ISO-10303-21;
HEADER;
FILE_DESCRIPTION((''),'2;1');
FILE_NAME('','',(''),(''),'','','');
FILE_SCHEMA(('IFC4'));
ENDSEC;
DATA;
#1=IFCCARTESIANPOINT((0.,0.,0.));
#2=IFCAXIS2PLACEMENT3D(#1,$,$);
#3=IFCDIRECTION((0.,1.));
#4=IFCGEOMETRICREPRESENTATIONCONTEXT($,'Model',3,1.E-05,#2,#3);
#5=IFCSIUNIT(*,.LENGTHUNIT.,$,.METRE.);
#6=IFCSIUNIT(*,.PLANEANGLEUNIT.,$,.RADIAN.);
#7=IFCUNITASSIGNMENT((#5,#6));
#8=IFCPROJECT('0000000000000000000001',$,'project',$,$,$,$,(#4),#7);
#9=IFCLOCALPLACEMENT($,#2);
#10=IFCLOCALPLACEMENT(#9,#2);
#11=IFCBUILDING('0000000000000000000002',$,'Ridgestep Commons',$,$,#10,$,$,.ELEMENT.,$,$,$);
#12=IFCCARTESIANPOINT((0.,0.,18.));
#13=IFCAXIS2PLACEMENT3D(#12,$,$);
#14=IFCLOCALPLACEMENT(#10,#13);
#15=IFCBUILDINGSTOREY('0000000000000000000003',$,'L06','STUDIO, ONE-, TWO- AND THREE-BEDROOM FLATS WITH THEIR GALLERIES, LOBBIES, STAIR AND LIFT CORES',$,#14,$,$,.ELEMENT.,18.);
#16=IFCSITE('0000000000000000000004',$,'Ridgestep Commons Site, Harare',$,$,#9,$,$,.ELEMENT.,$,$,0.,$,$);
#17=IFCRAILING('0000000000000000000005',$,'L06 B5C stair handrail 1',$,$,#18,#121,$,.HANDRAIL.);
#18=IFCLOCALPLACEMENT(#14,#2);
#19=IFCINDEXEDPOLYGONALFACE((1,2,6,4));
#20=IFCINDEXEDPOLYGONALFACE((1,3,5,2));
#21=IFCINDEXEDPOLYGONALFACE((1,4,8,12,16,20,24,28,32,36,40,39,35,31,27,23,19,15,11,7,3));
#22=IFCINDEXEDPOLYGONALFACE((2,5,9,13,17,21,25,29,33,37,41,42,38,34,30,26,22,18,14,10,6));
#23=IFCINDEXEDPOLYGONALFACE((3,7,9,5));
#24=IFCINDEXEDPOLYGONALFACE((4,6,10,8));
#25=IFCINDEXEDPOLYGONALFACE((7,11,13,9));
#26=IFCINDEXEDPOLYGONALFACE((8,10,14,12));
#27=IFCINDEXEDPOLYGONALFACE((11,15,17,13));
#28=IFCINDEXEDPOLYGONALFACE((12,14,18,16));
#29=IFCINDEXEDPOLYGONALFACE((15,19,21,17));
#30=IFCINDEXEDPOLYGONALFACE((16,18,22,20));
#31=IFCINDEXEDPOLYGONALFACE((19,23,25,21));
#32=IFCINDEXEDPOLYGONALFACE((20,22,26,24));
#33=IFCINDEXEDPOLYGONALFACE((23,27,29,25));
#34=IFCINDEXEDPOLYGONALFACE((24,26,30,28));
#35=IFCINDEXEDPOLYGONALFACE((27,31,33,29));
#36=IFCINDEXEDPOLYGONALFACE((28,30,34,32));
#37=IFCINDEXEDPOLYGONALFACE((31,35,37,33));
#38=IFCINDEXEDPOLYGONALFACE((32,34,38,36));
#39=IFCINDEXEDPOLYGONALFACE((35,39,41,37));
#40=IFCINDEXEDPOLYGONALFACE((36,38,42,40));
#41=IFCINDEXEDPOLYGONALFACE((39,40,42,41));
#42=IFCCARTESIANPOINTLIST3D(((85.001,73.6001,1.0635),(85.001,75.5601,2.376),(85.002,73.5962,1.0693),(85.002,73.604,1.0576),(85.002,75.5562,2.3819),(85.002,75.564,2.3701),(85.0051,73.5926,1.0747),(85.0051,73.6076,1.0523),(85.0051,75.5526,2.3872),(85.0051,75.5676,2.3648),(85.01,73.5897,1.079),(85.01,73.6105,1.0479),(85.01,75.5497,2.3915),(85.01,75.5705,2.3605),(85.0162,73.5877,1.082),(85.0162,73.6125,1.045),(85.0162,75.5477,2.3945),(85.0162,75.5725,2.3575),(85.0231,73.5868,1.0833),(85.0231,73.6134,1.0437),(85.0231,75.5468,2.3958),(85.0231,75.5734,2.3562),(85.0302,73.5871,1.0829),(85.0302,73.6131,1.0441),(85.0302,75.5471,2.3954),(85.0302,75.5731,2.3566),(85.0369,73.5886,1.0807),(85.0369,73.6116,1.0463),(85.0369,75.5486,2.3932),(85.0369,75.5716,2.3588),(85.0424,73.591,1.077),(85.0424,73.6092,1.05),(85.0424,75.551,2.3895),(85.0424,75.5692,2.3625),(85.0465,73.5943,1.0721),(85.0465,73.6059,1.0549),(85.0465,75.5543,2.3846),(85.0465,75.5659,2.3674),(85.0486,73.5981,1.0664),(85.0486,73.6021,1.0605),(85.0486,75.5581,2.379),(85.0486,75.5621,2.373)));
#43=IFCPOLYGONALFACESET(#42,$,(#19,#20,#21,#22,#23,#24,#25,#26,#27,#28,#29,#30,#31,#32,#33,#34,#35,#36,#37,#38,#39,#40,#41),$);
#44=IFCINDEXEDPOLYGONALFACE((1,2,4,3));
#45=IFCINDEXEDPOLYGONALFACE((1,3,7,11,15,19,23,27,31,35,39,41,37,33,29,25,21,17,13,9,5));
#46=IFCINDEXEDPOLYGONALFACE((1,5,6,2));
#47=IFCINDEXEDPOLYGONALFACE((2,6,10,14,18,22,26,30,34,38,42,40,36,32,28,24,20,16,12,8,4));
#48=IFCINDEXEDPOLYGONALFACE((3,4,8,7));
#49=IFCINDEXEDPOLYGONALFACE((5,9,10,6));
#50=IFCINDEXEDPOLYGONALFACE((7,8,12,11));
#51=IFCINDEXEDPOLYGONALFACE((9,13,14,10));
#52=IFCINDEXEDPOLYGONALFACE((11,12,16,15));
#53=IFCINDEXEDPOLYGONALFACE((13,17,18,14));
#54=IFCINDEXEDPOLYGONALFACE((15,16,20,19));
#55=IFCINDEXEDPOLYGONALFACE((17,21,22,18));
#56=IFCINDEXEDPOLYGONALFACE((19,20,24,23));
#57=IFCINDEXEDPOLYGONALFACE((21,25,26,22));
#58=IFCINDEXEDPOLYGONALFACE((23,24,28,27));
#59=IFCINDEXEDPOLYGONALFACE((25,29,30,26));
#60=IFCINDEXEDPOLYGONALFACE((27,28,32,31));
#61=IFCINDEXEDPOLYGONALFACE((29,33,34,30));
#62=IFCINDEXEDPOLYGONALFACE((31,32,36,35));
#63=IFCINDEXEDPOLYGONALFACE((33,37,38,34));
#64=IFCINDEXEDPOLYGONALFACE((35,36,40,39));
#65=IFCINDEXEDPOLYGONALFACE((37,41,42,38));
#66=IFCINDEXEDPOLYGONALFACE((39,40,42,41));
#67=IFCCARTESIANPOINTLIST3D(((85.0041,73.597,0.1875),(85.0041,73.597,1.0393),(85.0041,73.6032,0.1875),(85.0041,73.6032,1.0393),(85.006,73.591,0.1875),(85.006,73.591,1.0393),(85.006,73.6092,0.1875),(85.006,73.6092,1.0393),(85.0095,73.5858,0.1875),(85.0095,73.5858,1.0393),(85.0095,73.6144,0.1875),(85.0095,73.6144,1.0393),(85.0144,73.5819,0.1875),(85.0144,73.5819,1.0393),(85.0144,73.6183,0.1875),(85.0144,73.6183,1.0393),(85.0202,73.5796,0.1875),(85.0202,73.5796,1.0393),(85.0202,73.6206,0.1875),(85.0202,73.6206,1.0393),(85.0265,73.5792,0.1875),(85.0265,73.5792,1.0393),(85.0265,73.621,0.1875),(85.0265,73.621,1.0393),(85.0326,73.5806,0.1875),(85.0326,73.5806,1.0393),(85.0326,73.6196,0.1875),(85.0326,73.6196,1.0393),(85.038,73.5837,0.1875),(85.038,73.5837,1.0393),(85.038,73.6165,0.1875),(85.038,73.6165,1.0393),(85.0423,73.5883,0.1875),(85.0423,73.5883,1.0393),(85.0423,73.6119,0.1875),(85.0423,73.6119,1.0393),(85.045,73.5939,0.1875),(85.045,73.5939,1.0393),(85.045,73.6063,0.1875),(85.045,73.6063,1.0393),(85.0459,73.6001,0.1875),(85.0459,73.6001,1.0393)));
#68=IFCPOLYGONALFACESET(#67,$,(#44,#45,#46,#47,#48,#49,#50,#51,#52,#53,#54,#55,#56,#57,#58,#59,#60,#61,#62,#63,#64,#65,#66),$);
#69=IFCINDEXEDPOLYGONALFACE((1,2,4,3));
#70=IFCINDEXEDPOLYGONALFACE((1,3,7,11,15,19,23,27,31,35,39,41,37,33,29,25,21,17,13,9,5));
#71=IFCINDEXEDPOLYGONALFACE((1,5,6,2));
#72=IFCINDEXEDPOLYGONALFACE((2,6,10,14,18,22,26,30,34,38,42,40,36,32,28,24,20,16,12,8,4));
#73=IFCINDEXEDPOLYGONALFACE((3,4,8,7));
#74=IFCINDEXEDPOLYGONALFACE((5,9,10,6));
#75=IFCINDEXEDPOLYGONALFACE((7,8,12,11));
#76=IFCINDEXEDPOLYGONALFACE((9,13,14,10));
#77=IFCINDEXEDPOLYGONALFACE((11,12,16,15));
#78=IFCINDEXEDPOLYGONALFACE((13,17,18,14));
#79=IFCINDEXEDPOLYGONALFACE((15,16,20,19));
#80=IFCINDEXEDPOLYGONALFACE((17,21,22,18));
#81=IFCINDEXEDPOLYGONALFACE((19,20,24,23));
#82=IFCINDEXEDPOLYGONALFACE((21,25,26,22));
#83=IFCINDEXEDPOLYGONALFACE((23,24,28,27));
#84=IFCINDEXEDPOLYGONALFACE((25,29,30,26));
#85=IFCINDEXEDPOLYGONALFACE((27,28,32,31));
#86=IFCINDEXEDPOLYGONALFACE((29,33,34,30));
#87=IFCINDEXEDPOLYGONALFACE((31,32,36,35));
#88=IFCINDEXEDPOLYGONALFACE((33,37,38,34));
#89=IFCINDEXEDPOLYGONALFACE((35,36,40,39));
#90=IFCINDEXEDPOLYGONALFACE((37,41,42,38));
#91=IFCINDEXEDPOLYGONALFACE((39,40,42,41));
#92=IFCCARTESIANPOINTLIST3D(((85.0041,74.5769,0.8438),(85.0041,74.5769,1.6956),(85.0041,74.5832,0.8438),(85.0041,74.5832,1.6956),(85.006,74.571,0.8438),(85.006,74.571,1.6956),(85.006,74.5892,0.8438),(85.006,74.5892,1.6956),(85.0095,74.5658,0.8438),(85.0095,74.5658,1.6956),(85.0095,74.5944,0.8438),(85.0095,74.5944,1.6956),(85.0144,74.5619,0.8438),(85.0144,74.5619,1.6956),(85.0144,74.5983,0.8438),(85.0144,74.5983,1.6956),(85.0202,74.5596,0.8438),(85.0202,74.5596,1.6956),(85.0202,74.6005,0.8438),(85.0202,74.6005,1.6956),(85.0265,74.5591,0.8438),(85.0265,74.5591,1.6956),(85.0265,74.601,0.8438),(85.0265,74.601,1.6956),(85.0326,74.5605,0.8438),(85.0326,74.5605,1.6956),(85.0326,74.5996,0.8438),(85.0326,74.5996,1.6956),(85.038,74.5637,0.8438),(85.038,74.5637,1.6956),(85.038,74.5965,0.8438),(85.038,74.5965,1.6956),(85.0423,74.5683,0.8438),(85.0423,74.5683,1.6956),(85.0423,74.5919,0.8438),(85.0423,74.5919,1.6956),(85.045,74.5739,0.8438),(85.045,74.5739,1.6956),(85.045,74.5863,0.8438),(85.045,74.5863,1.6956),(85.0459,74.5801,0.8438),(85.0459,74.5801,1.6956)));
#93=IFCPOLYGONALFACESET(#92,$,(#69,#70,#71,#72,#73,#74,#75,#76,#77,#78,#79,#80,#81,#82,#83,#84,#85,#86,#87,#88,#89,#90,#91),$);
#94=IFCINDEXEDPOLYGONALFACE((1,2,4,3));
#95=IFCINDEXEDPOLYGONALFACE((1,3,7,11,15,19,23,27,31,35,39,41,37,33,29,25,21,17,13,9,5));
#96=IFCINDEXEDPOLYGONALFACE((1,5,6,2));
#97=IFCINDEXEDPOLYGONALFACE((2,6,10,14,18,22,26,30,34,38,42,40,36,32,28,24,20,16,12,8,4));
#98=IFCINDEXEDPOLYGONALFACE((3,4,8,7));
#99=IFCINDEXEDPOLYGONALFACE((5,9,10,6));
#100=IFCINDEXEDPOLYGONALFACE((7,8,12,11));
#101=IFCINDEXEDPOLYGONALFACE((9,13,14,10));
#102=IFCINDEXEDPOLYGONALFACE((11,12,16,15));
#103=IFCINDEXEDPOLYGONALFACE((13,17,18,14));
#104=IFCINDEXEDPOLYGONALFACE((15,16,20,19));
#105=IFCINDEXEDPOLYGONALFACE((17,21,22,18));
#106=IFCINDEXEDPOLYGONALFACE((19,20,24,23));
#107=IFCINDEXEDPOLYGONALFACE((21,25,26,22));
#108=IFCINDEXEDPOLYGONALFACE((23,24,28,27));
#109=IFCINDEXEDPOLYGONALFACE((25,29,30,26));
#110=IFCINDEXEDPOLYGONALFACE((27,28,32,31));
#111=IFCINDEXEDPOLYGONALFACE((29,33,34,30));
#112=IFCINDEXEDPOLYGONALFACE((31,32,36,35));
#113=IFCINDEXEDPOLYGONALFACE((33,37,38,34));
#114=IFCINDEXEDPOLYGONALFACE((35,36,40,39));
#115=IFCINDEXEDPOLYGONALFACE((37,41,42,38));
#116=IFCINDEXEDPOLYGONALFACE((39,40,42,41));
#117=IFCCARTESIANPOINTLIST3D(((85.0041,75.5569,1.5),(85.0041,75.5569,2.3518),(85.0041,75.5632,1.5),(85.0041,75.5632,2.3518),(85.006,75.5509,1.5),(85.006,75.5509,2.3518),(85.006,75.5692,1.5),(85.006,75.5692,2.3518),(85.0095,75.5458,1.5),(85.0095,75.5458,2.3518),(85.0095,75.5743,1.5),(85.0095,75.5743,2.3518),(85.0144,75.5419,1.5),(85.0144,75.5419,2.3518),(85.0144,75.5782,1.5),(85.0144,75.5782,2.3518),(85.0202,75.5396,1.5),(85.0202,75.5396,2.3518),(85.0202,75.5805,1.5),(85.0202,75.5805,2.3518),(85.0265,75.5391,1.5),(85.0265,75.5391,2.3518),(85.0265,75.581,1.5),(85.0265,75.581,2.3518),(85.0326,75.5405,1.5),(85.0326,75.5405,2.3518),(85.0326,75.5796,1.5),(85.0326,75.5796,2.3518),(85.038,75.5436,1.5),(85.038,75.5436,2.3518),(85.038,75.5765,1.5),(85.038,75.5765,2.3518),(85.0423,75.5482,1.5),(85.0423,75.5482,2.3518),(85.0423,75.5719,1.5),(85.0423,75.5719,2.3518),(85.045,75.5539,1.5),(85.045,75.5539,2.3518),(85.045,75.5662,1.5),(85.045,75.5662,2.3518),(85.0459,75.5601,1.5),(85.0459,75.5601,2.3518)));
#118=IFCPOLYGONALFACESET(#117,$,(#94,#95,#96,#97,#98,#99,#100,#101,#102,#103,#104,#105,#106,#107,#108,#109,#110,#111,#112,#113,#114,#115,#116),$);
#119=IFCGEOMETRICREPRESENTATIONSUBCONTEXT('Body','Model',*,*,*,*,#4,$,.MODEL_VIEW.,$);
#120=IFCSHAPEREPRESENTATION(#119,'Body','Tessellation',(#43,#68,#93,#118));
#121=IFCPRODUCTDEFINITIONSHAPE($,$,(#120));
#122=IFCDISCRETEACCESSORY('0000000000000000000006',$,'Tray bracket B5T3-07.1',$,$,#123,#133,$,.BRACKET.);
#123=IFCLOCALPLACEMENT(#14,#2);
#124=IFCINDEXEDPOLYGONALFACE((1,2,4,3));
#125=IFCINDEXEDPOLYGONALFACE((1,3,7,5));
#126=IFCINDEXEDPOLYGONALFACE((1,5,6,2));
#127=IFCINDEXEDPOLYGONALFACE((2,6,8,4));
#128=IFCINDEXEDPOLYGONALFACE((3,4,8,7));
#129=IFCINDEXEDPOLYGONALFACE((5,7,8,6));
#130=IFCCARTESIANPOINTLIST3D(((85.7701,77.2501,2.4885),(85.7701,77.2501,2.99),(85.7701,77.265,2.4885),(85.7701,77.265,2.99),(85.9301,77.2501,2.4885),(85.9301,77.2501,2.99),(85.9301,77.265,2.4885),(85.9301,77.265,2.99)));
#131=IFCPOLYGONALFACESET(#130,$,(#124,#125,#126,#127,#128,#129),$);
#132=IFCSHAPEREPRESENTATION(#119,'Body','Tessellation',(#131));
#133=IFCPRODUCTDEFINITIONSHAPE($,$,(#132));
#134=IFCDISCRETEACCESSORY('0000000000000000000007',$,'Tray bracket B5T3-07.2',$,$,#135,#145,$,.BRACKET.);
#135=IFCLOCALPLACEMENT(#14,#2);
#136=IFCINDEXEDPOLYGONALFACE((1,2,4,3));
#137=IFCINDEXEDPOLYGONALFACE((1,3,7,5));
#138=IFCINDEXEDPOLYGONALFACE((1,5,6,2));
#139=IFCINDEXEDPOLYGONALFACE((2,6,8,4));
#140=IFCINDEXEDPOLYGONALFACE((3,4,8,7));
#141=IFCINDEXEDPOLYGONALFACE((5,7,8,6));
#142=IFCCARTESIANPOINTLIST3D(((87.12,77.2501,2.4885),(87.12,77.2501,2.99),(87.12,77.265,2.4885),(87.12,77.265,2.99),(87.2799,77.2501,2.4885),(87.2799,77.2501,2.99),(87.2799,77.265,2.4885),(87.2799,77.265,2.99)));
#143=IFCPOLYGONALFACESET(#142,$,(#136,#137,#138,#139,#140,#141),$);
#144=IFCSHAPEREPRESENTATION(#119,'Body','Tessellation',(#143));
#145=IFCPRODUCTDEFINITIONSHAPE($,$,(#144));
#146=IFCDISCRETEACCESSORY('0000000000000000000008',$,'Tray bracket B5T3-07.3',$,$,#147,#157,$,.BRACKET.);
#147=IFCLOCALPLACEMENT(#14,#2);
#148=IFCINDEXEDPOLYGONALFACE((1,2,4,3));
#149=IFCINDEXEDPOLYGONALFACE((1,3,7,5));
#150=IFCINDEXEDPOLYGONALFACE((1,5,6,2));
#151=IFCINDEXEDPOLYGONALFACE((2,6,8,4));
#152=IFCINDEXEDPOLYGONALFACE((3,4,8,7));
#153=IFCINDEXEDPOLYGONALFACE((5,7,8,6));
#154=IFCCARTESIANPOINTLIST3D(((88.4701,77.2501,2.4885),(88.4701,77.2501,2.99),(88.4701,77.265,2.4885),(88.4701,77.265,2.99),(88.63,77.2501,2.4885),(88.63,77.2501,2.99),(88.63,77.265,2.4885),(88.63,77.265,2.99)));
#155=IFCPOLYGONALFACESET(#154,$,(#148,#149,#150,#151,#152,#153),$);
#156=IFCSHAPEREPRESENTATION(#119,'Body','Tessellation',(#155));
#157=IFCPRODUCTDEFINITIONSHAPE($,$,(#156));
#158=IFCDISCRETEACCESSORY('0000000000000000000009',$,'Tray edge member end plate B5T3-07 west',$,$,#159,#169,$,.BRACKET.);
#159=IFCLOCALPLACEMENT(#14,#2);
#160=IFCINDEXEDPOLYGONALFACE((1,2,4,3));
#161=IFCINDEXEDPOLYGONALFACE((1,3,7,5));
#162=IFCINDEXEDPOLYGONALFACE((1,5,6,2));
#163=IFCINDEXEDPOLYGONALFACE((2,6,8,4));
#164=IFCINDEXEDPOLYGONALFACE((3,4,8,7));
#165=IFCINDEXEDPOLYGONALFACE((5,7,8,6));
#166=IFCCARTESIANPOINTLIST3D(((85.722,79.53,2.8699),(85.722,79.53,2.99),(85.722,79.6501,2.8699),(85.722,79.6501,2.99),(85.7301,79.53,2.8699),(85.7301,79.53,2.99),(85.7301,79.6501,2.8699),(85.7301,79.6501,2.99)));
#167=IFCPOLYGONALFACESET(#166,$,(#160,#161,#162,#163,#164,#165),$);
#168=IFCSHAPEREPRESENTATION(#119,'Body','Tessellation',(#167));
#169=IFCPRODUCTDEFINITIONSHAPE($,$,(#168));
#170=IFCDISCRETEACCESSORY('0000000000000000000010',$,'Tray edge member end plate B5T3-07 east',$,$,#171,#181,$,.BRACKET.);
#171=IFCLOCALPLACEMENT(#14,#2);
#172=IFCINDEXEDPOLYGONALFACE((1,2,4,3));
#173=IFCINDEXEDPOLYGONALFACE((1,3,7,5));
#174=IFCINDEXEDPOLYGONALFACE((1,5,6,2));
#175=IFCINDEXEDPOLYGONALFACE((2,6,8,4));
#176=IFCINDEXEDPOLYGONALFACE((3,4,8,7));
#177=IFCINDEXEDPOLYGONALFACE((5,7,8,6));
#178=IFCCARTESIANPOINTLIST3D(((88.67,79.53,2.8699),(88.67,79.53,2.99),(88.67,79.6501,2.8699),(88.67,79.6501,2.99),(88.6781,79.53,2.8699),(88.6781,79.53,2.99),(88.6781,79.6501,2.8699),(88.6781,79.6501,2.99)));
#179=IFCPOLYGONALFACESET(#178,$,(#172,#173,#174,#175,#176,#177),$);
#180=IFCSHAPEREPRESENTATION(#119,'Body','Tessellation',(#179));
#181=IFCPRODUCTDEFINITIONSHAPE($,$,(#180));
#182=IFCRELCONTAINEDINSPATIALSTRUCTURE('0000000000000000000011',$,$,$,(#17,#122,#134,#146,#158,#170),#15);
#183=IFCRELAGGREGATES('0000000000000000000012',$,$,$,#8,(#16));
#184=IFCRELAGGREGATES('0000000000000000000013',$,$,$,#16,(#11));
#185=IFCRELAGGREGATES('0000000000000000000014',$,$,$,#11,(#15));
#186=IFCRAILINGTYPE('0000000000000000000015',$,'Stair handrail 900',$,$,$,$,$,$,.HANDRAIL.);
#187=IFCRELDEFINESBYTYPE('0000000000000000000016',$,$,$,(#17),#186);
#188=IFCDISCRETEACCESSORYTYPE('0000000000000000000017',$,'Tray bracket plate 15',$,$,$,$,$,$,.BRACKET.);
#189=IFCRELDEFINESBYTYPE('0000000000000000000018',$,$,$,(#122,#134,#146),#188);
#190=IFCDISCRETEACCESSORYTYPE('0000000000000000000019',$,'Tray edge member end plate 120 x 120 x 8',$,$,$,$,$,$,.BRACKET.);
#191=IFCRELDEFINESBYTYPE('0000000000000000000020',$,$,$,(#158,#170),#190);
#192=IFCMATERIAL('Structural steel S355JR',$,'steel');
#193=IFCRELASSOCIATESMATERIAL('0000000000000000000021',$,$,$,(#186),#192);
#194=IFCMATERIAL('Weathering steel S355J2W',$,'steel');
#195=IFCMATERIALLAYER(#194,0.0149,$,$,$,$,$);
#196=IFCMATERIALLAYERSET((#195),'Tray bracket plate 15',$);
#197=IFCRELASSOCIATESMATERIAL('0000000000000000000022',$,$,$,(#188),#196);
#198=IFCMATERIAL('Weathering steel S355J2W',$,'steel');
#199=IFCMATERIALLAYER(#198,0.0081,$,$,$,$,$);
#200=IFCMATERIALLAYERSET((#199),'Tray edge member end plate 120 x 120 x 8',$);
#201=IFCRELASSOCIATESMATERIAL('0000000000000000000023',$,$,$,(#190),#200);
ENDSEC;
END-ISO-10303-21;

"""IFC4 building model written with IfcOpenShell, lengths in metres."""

from ifc_helpers import new_model, si_unit, direction, frame, origin, origin_2d, place, context, subcontext, project, spatial, rectangle, circle, extrude, material, layer, layer_set, type_object, element, save


model = new_model("IFC4")

# Units and contexts
model_context = context("Model", 3, precision=1e-05, world=origin(), true_north=direction((0.0, 1.0)))
body_context = subcontext(model_context, "Body", "Model", "MODEL_VIEW")
ifc_project = project(units=[si_unit("LENGTHUNIT", "METRE"), si_unit("PLANEANGLEUNIT", "RADIAN")], contexts=[model_context])

# Site, building, storey
site_placement = place(None, origin())
site = spatial("IfcSite", under=ifc_project, at=site_placement, Name="Ridgestep Commons Site, Harare", CompositionType="ELEMENT", RefElevation=0.0)
building_placement = place(site_placement, origin())
building = spatial("IfcBuilding", under=site, at=building_placement, Name="Ridgestep Commons", CompositionType="ELEMENT")
storey_placement = place(building_placement, frame((0.0, 0.0, 18.0)))
storey = spatial("IfcBuildingStorey", under=building, at=storey_placement, Name="L06", Description="STUDIO, ONE-, TWO- AND THREE-BEDROOM FLATS WITH THEIR GALLERIES, LOBBIES, STAIR AND LIFT CORES", CompositionType="ELEMENT", Elevation=18.0)

# Railing
ifc_material_1 = material(Name="Structural steel S355JR", Category="steel")
railing_type = type_object("IfcRailingType", Name="Stair handrail 900", PredefinedType="HANDRAIL", material=ifc_material_1)
railing_placement = place(storey_placement, frame((85.0249, 73.6001, 0.1875)))
element("IfcRailing", 1, at=railing_placement, inside=storey, type_object=railing_type, Name="L06 B5C stair handrail 1", PredefinedType="HANDRAIL", context=body_context, shape_type="SweptSolid", body=[
    extrude(circle(Radius=0.0239, at=origin_2d()), frame((0.0, 0.0, 0.876), z_axis=(0.0, 0.830902, 0.556419), x_axis=(-1.0, 0.0, 0.0)), (0.0, 0.0, 1.0), 2.3589),
    extrude(circle(Radius=0.021, at=origin_2d()), origin(), (0.0, 0.0, 1.0), 0.8518),
    extrude(circle(Radius=0.021, at=origin_2d()), frame((0.0, 0.98, 0.6562)), (0.0, 0.0, 1.0), 0.8518),
    extrude(circle(Radius=0.021, at=origin_2d()), frame((0.0, 1.96, 1.3125)), (0.0, 0.0, 1.0), 0.8518),
])

# Discrete accessories
ifc_material_2 = material(Name="Weathering steel S355J2W", Category="steel")
ifc_layer_1 = layer(ifc_material_2, 0.0149)
ifc_layer_set_1 = layer_set([ifc_layer_1], Name="Tray bracket plate 15")
discrete_accessory_type_1 = type_object("IfcDiscreteAccessoryType", Name="Tray bracket plate 15", PredefinedType="BRACKET", material=ifc_layer_set_1)
for number, where, z_axis, x_axis, name in (
    (2, (85.8501, 77.2576, 2.4885), (0.0, 0.0, 1.0), (1.0, 0.0, 0.0), "Tray bracket B5T3-07.1"),
    (3, (87.2, 77.2576, 2.4885), (0.0, 0.0, 1.0), (1.0, 0.0, 0.0), "Tray bracket B5T3-07.2"),
    (4, (88.55, 77.2576, 2.4885), (0.0, 0.0, 1.0), (1.0, 0.0, 0.0), "Tray bracket B5T3-07.3"),
):
    element("IfcDiscreteAccessory", number, at=place(storey_placement, frame(where, z_axis=z_axis, x_axis=x_axis)), inside=storey, type_object=discrete_accessory_type_1, Name=name, PredefinedType="BRACKET", context=body_context, shape_type="SweptSolid", body=[
        extrude(rectangle(XDim=0.1599, YDim=0.0149, at=origin_2d()), origin(), (0.0, 0.0, 1.0), 0.5015),
    ])
ifc_material_3 = material(Name="Weathering steel S355J2W", Category="steel")
ifc_layer_2 = layer(ifc_material_3, 0.0081)
ifc_layer_set_2 = layer_set([ifc_layer_2], Name="Tray edge member end plate 120 x 120 x 8")
discrete_accessory_type_2 = type_object("IfcDiscreteAccessoryType", Name="Tray edge member end plate 120 x 120 x 8", PredefinedType="BRACKET", material=ifc_layer_set_2)
for number, where, z_axis, x_axis, name in (
    (5, (85.7261, 79.5901, 2.8699), (0.0, 0.0, 1.0), (1.0, 0.0, 0.0), "Tray edge member end plate B5T3-07 west"),
    (6, (88.6741, 79.5901, 2.8699), (0.0, 0.0, 1.0), (1.0, 0.0, 0.0), "Tray edge member end plate B5T3-07 east"),
):
    element("IfcDiscreteAccessory", number, at=place(storey_placement, frame(where, z_axis=z_axis, x_axis=x_axis)), inside=storey, type_object=discrete_accessory_type_2, Name=name, PredefinedType="BRACKET", context=body_context, shape_type="SweptSolid", body=[
        extrude(rectangle(XDim=0.0081, YDim=0.1201, at=origin_2d()), origin(), (0.0, 0.0, 1.0), 0.1201),
    ])

save(model, "model.ifc")
